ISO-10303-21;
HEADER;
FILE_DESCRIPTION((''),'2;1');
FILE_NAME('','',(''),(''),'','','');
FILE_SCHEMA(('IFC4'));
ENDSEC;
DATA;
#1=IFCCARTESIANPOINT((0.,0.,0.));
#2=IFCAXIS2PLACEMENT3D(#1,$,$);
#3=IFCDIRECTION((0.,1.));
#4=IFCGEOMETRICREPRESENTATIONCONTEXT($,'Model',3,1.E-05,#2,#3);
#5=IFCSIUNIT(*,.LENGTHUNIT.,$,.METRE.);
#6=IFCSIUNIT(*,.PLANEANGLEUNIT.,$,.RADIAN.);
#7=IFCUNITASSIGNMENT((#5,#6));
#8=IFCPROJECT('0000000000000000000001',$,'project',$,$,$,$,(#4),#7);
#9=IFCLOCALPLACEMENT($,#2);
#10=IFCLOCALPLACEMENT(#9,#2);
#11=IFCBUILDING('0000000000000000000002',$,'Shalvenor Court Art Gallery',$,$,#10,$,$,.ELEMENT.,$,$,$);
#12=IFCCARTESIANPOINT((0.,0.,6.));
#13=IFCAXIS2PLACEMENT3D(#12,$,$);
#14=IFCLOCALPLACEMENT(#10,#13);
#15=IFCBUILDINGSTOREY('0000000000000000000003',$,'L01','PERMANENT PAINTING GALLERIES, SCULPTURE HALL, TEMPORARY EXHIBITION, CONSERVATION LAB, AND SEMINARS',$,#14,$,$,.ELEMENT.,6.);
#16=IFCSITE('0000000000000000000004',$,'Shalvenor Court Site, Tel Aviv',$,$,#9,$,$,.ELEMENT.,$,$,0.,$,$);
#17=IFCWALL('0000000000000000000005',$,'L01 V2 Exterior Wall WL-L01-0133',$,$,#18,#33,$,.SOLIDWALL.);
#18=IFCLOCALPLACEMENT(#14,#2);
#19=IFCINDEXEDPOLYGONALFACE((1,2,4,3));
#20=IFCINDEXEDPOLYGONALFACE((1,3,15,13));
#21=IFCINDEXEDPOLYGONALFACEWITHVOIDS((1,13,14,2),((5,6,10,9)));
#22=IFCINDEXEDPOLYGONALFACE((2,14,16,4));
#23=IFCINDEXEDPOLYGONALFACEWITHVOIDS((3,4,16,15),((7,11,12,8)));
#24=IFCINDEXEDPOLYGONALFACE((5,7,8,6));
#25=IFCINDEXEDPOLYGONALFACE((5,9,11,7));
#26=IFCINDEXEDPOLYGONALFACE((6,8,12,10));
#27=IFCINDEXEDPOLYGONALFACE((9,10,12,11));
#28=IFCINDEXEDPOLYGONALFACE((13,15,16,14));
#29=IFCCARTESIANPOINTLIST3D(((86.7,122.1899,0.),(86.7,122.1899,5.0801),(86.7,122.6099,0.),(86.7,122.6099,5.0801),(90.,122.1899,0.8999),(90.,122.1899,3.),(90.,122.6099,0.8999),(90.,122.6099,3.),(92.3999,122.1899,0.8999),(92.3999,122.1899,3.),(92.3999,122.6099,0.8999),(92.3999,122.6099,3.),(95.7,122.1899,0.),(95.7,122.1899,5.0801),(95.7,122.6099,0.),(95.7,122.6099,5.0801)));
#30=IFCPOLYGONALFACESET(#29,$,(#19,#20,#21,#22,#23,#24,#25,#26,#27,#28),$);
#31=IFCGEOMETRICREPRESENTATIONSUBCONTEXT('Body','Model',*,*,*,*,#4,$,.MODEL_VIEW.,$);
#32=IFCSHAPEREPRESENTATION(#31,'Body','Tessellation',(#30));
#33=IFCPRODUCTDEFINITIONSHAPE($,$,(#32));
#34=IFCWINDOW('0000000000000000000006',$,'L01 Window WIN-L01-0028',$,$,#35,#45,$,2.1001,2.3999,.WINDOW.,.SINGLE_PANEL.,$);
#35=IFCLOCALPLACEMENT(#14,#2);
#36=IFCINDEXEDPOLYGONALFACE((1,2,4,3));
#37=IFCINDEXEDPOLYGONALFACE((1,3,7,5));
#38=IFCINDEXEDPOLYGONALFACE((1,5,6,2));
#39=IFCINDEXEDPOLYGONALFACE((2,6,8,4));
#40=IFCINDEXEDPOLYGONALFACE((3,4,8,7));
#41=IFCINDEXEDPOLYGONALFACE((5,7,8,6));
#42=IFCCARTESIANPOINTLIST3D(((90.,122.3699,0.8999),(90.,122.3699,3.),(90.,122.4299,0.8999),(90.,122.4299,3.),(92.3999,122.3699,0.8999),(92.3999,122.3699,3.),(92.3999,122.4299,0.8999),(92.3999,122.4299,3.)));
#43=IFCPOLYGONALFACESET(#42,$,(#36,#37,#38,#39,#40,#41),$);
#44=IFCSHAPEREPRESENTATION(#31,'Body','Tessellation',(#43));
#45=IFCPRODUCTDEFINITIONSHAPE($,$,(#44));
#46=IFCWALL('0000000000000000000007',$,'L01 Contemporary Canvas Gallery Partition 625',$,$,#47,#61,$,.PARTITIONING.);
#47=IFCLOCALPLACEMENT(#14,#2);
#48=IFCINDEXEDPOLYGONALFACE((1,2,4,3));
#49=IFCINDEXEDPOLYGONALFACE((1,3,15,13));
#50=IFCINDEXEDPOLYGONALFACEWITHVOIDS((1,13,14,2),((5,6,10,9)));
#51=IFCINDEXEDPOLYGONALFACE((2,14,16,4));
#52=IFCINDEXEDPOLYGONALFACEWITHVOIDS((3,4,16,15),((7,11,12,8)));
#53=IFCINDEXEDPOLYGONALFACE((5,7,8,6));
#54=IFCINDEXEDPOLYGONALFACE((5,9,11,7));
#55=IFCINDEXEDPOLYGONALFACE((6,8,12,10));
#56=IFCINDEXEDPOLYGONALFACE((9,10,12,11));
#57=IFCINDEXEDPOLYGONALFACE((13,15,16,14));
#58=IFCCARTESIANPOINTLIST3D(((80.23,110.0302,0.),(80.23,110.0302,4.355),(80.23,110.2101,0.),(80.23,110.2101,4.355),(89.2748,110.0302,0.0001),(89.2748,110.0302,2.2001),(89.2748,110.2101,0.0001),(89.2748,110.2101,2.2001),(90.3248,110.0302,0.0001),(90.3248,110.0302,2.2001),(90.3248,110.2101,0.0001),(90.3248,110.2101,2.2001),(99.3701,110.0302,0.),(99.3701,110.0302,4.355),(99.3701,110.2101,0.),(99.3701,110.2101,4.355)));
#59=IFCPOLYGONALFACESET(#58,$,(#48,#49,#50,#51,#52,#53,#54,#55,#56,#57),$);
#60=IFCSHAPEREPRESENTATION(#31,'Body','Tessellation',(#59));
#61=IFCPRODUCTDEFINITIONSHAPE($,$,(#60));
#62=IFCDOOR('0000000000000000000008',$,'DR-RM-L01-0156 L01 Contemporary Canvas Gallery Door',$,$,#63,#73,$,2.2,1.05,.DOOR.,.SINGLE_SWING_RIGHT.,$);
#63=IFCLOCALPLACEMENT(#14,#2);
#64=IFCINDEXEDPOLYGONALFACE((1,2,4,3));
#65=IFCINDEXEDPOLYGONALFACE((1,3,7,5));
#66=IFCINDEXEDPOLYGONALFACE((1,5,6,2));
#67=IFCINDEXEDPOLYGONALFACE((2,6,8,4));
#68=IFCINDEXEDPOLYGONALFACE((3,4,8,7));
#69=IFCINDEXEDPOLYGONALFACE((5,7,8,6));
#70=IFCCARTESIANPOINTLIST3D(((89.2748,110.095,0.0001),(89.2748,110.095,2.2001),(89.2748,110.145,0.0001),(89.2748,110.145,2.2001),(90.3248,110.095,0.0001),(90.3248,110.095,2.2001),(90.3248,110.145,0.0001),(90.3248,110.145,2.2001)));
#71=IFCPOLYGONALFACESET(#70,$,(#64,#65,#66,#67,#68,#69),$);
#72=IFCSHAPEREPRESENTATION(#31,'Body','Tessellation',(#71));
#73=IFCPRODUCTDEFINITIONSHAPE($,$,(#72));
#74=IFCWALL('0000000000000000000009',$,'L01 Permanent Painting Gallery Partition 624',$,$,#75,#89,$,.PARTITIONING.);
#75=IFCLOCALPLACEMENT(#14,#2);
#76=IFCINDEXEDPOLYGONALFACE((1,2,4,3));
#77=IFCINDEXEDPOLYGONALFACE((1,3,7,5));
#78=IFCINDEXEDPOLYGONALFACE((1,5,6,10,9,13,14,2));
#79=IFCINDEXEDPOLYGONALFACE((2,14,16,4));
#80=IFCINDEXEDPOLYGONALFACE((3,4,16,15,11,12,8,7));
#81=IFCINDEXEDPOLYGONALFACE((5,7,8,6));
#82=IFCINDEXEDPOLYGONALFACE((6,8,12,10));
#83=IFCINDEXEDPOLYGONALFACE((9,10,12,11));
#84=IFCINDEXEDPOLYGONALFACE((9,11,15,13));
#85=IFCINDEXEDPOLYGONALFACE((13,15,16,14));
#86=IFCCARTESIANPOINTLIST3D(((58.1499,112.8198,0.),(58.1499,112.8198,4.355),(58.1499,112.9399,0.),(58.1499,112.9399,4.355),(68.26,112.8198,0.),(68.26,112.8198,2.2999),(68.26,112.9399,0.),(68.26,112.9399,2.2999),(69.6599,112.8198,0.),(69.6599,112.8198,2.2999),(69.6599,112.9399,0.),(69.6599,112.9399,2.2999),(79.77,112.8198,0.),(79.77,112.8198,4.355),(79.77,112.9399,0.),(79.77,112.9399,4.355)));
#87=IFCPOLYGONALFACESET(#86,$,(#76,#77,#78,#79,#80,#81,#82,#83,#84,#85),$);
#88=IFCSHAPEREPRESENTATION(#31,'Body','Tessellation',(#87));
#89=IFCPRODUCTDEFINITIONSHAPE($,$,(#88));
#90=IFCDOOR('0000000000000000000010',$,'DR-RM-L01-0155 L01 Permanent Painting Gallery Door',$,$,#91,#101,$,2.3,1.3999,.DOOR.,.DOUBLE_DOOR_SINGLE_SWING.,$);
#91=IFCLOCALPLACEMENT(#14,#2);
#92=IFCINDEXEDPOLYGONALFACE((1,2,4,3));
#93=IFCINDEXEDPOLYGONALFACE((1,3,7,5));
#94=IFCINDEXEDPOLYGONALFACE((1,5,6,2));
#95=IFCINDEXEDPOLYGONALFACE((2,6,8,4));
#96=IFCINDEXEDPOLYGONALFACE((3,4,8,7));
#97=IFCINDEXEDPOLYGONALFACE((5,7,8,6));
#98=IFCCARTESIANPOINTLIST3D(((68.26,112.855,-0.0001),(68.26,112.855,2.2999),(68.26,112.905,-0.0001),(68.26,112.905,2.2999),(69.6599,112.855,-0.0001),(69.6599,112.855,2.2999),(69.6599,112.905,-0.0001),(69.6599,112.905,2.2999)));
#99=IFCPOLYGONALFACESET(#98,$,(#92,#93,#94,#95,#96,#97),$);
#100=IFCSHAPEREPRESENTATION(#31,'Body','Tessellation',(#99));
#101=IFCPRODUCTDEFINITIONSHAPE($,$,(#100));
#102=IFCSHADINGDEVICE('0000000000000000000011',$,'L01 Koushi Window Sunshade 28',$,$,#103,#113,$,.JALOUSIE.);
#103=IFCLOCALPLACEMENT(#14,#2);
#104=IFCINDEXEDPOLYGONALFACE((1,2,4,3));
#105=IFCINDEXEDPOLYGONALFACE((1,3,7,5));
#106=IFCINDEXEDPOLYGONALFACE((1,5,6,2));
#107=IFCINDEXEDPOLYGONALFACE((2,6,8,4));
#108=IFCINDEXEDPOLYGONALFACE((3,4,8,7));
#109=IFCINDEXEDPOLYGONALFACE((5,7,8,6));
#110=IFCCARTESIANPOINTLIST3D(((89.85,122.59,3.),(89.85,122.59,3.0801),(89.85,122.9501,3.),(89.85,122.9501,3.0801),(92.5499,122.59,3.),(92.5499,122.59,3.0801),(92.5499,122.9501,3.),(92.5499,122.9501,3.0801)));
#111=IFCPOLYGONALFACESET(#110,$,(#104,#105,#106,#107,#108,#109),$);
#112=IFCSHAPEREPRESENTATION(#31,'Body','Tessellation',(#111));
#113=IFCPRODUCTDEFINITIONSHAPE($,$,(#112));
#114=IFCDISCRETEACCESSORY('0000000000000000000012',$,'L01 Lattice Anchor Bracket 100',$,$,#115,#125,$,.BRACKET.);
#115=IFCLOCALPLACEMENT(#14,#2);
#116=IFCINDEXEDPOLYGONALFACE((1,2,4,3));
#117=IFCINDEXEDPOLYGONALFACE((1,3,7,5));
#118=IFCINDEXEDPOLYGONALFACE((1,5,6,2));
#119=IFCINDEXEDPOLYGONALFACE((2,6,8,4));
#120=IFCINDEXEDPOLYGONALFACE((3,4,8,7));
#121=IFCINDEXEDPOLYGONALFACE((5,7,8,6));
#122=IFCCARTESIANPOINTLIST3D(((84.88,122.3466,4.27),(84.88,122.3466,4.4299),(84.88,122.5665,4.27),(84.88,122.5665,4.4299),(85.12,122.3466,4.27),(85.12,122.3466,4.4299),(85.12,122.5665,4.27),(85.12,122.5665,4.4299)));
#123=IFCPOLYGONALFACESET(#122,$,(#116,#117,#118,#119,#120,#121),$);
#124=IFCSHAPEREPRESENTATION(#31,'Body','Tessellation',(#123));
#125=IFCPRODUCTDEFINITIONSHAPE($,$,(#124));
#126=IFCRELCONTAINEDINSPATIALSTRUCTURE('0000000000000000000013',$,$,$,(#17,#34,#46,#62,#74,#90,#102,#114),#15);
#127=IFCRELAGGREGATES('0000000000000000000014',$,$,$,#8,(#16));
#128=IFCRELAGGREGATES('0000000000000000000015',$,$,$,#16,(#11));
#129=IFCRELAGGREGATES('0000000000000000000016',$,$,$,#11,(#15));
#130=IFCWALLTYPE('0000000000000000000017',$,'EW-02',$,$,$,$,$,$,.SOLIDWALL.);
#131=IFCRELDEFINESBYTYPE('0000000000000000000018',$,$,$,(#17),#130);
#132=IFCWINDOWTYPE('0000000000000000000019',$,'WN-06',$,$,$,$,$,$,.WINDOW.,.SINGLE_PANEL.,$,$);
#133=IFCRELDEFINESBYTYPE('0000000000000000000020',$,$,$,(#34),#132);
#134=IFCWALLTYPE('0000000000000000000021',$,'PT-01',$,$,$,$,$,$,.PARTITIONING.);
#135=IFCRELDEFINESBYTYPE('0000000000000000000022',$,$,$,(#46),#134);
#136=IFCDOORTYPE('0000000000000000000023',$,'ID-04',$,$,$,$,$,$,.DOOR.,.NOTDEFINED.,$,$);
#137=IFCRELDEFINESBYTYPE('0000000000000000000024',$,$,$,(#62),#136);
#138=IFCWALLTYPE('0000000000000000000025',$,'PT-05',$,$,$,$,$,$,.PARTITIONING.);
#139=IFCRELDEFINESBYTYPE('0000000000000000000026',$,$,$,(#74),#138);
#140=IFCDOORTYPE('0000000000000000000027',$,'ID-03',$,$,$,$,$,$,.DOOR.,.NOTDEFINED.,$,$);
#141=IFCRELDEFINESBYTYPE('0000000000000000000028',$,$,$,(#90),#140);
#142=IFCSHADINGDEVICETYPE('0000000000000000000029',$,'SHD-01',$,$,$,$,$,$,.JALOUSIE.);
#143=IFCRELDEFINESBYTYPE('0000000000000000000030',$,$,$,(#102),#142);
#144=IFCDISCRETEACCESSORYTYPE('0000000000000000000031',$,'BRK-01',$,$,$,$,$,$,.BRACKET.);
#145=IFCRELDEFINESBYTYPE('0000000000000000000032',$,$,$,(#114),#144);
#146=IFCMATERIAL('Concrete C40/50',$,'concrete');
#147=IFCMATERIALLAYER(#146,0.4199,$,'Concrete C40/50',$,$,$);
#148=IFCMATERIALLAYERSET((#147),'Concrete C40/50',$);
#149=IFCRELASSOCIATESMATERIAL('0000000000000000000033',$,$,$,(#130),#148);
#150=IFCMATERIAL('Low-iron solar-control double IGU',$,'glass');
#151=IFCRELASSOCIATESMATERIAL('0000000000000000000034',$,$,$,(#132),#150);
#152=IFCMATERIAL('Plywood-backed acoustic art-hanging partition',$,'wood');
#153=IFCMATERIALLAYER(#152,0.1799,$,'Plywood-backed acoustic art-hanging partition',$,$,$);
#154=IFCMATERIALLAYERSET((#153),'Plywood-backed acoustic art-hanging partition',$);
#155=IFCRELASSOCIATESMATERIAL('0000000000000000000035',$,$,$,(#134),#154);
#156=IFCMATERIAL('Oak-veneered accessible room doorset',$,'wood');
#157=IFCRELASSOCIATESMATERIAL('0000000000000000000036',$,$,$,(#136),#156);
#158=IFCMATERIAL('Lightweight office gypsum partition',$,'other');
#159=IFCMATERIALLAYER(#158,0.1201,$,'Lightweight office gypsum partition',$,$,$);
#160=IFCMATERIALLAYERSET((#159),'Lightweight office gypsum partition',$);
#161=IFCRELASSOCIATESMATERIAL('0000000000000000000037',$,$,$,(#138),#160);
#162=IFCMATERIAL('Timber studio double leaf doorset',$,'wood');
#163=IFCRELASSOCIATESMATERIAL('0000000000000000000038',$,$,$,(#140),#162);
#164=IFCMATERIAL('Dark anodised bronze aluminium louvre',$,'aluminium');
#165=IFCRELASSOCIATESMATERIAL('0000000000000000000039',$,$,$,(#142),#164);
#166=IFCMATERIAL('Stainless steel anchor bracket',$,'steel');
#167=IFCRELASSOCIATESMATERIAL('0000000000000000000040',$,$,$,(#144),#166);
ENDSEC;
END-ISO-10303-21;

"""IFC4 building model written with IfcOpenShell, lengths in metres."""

from ifc_helpers import new_model, si_unit, direction, frame, frame_2d, origin, origin_2d, place, context, subcontext, project, spatial, rectangle, extrude, material, layer, layer_set, type_object, element, fill, save


model = new_model("IFC4")

# Units and contexts
model_context = context("Model", 3, precision=1e-05, world=origin(), true_north=direction((0.0, 1.0)))
body_context = subcontext(model_context, "Body", "Model", "MODEL_VIEW")
ifc_project = project(units=[si_unit("LENGTHUNIT", "METRE"), si_unit("PLANEANGLEUNIT", "RADIAN")], contexts=[model_context])

# Site, building, storey
site_placement = place(None, origin())
site = spatial("IfcSite", under=ifc_project, at=site_placement, Name="Shalvenor Court Site, Tel Aviv", CompositionType="ELEMENT", RefElevation=0.0)
building_placement = place(site_placement, origin())
building = spatial("IfcBuilding", under=site, at=building_placement, Name="Shalvenor Court Art Gallery", CompositionType="ELEMENT")
storey_placement = place(building_placement, frame((0.0, 0.0, 6.0)))
storey = spatial("IfcBuildingStorey", under=building, at=storey_placement, Name="L01", Description="PERMANENT PAINTING GALLERIES, SCULPTURE HALL, TEMPORARY EXHIBITION, CONSERVATION LAB, AND SEMINARS", CompositionType="ELEMENT", Elevation=6.0)

# Wall, opening, window
ifc_material_1 = material(Name="Concrete C40/50", Category="concrete")
ifc_layer_1 = layer(ifc_material_1, 0.4199, Name="Concrete C40/50")
ifc_layer_set_1 = layer_set([ifc_layer_1], Name="Concrete C40/50")
wall_type_1 = type_object("IfcWallType", Name="EW-02", PredefinedType="SOLIDWALL", material=ifc_layer_set_1)
wall_1_placement = place(storey_placement, frame((86.7, 122.3999, 0.0), z_axis=(0.0, 0.0, 1.0), x_axis=(1.0, 0.0, 0.0)))
wall_1 = element("IfcWall", 1, at=wall_1_placement, inside=storey, type_object=wall_type_1, Name="L01 V2 Exterior Wall WL-L01-0133", PredefinedType="SOLIDWALL", context=body_context, shape_type="SweptSolid", body=[
    extrude(rectangle(XDim=9.0, YDim=0.4199, at=frame_2d((4.5, 0.0))), origin(), (0.0, 0.0, 1.0), 5.0801),
])
opening_1_placement = place(wall_1_placement, frame((3.3, 0.0, 0.8999)))
opening_1 = element("IfcOpeningElement", 2, at=opening_1_placement, cuts=wall_1, PredefinedType="OPENING", context=body_context, shape_type="SweptSolid", body=[
    extrude(rectangle(XDim=2.3999, YDim=2.1001, at=frame_2d((1.2, 1.05))), frame((0.0, 0.22, 0.0), z_axis=(0.0, -1.0, 0.0), x_axis=(1.0, 0.0, 0.0)), (0.0, 0.0, 1.0), 0.4399),
])
ifc_material_2 = material(Name="Low-iron solar-control double IGU", Category="glass")
window_type = type_object("IfcWindowType", Name="WN-06", PartitioningType="SINGLE_PANEL", PredefinedType="WINDOW", material=ifc_material_2)
window_placement = place(opening_1_placement, origin())
window = element("IfcWindow", 3, at=window_placement, inside=storey, type_object=window_type, Name="L01 Window WIN-L01-0028", OverallHeight=2.1001, OverallWidth=2.3999, PartitioningType="SINGLE_PANEL", PredefinedType="WINDOW", context=body_context, shape_type="SweptSolid", body=[
    extrude(rectangle(XDim=2.3999, YDim=2.1001, at=frame_2d((1.2, 1.05))), frame((0.0, 0.03, 0.0), z_axis=(0.0, -1.0, 0.0), x_axis=(1.0, 0.0, 0.0)), (0.0, 0.0, 1.0), 0.0601),
])
fill(opening_1, window)

# Walls, openings, doors
ifc_material_3 = material(Name="Plywood-backed acoustic art-hanging partition", Category="wood")
ifc_layer_2 = layer(ifc_material_3, 0.1799, Name="Plywood-backed acoustic art-hanging partition")
ifc_layer_set_2 = layer_set([ifc_layer_2], Name="Plywood-backed acoustic art-hanging partition")
wall_type_2 = type_object("IfcWallType", Name="PT-01", PredefinedType="PARTITIONING", material=ifc_layer_set_2)
wall_2_placement = place(storey_placement, frame((80.23, 110.1201, 0.0), z_axis=(0.0, 0.0, 1.0), x_axis=(1.0, 0.0, 0.0)))
wall_2 = element("IfcWall", 4, at=wall_2_placement, inside=storey, type_object=wall_type_2, Name="L01 Contemporary Canvas Gallery Partition 625", PredefinedType="PARTITIONING", context=body_context, shape_type="SweptSolid", body=[
    extrude(rectangle(XDim=19.1401, YDim=0.1799, at=frame_2d((9.5701, 0.0))), origin(), (0.0, 0.0, 1.0), 4.355),
])
opening_2_placement = place(wall_2_placement, frame((9.0449, 0.0, 0.0)))
opening_2 = element("IfcOpeningElement", 5, at=opening_2_placement, cuts=wall_2, PredefinedType="OPENING", context=body_context, shape_type="SweptSolid", body=[
    extrude(rectangle(XDim=1.05, YDim=2.2, at=frame_2d((0.5249, 1.1001))), frame((0.0, 0.0999, 0.0), z_axis=(0.0, -1.0, 0.0), x_axis=(1.0, 0.0, 0.0)), (0.0, 0.0, 1.0), 0.2),
])
ifc_material_4 = material(Name="Oak-veneered accessible room doorset", Category="wood")
door_type_1 = type_object("IfcDoorType", Name="ID-04", OperationType="NOTDEFINED", PredefinedType="DOOR", material=ifc_material_4)
door_1_placement = place(opening_2_placement, origin())
door_1 = element("IfcDoor", 6, at=door_1_placement, inside=storey, type_object=door_type_1, Name="DR-RM-L01-0156 L01 Contemporary Canvas Gallery Door", OperationType="SINGLE_SWING_RIGHT", OverallHeight=2.2, OverallWidth=1.05, PredefinedType="DOOR", context=body_context, shape_type="SweptSolid", body=[
    extrude(rectangle(XDim=1.05, YDim=2.2, at=frame_2d((0.5249, 1.1001))), frame((0.0, 0.0249, 0.0), z_axis=(0.0, -1.0, 0.0), x_axis=(1.0, 0.0, 0.0)), (0.0, 0.0, 1.0), 0.05),
])
fill(opening_2, door_1)
ifc_material_5 = material(Name="Lightweight office gypsum partition", Category="other")
ifc_layer_3 = layer(ifc_material_5, 0.1201, Name="Lightweight office gypsum partition")
ifc_layer_set_3 = layer_set([ifc_layer_3], Name="Lightweight office gypsum partition")
wall_type_3 = type_object("IfcWallType", Name="PT-05", PredefinedType="PARTITIONING", material=ifc_layer_set_3)
wall_3_placement = place(storey_placement, frame((79.77, 112.8799, 0.0), z_axis=(0.0, 0.0, 1.0), x_axis=(-1.0, 0.0, 0.0)))
wall_3 = element("IfcWall", 7, at=wall_3_placement, inside=storey, type_object=wall_type_3, Name="L01 Permanent Painting Gallery Partition 624", PredefinedType="PARTITIONING", context=body_context, shape_type="SweptSolid", body=[
    extrude(rectangle(XDim=21.6201, YDim=0.1201, at=frame_2d((10.8101, 0.0))), origin(), (0.0, 0.0, 1.0), 4.355),
])
opening_3_placement = place(wall_3_placement, frame((10.1101, 0.0, 0.0)))
opening_3 = element("IfcOpeningElement", 8, at=opening_3_placement, cuts=wall_3, PredefinedType="OPENING", context=body_context, shape_type="SweptSolid", body=[
    extrude(rectangle(XDim=1.3999, YDim=2.3, at=frame_2d((0.7, 1.1499))), frame((0.0, 0.0701, 0.0), z_axis=(0.0, -1.0, 0.0), x_axis=(1.0, 0.0, 0.0)), (0.0, 0.0, 1.0), 0.1401),
])
ifc_material_6 = material(Name="Timber studio double leaf doorset", Category="wood")
door_type_2 = type_object("IfcDoorType", Name="ID-03", OperationType="NOTDEFINED", PredefinedType="DOOR", material=ifc_material_6)
door_2_placement = place(opening_3_placement, origin())
door_2 = element("IfcDoor", 9, at=door_2_placement, inside=storey, type_object=door_type_2, Name="DR-RM-L01-0155 L01 Permanent Painting Gallery Door", OperationType="DOUBLE_DOOR_SINGLE_SWING", OverallHeight=2.3, OverallWidth=1.3999, PredefinedType="DOOR", context=body_context, shape_type="SweptSolid", body=[
    extrude(rectangle(XDim=1.3999, YDim=2.3, at=frame_2d((0.7, 1.1499))), frame((0.0, 0.0249, 0.0), z_axis=(0.0, -1.0, 0.0), x_axis=(1.0, 0.0, 0.0)), (0.0, 0.0, 1.0), 0.05),
])
fill(opening_3, door_2)

# Shading device
ifc_material_7 = material(Name="Dark anodised bronze aluminium louvre", Category="aluminium")
shading_device_type = type_object("IfcShadingDeviceType", Name="SHD-01", PredefinedType="JALOUSIE", material=ifc_material_7)
shading_device_placement = place(storey_placement, frame((91.2, 122.77, 3.0), z_axis=(0.0, 0.0, 1.0), x_axis=(1.0, 0.0, 0.0)))
element("IfcShadingDevice", 10, at=shading_device_placement, inside=storey, type_object=shading_device_type, Name="L01 Koushi Window Sunshade 28", PredefinedType="JALOUSIE", context=body_context, shape_type="SweptSolid", body=[
    extrude(rectangle(XDim=2.7, YDim=0.3601, at=origin_2d()), origin(), (0.0, 0.0, 1.0), 0.0801),
])

# Discrete accessory
ifc_material_8 = material(Name="Stainless steel anchor bracket", Category="steel")
discrete_accessory_type = type_object("IfcDiscreteAccessoryType", Name="BRK-01", PredefinedType="BRACKET", material=ifc_material_8)
discrete_accessory_placement = place(storey_placement, frame((85.0, 122.4565, 4.27), z_axis=(0.0, 0.0, 1.0), x_axis=(1.0, 0.0, 0.0)))
element("IfcDiscreteAccessory", 11, at=discrete_accessory_placement, inside=storey, type_object=discrete_accessory_type, Name="L01 Lattice Anchor Bracket 100", PredefinedType="BRACKET", context=body_context, shape_type="SweptSolid", body=[
    extrude(rectangle(XDim=0.24, YDim=0.22, at=origin_2d()), origin(), (0.0, 0.0, 1.0), 0.1599),
])

save(model, "model.ifc")
